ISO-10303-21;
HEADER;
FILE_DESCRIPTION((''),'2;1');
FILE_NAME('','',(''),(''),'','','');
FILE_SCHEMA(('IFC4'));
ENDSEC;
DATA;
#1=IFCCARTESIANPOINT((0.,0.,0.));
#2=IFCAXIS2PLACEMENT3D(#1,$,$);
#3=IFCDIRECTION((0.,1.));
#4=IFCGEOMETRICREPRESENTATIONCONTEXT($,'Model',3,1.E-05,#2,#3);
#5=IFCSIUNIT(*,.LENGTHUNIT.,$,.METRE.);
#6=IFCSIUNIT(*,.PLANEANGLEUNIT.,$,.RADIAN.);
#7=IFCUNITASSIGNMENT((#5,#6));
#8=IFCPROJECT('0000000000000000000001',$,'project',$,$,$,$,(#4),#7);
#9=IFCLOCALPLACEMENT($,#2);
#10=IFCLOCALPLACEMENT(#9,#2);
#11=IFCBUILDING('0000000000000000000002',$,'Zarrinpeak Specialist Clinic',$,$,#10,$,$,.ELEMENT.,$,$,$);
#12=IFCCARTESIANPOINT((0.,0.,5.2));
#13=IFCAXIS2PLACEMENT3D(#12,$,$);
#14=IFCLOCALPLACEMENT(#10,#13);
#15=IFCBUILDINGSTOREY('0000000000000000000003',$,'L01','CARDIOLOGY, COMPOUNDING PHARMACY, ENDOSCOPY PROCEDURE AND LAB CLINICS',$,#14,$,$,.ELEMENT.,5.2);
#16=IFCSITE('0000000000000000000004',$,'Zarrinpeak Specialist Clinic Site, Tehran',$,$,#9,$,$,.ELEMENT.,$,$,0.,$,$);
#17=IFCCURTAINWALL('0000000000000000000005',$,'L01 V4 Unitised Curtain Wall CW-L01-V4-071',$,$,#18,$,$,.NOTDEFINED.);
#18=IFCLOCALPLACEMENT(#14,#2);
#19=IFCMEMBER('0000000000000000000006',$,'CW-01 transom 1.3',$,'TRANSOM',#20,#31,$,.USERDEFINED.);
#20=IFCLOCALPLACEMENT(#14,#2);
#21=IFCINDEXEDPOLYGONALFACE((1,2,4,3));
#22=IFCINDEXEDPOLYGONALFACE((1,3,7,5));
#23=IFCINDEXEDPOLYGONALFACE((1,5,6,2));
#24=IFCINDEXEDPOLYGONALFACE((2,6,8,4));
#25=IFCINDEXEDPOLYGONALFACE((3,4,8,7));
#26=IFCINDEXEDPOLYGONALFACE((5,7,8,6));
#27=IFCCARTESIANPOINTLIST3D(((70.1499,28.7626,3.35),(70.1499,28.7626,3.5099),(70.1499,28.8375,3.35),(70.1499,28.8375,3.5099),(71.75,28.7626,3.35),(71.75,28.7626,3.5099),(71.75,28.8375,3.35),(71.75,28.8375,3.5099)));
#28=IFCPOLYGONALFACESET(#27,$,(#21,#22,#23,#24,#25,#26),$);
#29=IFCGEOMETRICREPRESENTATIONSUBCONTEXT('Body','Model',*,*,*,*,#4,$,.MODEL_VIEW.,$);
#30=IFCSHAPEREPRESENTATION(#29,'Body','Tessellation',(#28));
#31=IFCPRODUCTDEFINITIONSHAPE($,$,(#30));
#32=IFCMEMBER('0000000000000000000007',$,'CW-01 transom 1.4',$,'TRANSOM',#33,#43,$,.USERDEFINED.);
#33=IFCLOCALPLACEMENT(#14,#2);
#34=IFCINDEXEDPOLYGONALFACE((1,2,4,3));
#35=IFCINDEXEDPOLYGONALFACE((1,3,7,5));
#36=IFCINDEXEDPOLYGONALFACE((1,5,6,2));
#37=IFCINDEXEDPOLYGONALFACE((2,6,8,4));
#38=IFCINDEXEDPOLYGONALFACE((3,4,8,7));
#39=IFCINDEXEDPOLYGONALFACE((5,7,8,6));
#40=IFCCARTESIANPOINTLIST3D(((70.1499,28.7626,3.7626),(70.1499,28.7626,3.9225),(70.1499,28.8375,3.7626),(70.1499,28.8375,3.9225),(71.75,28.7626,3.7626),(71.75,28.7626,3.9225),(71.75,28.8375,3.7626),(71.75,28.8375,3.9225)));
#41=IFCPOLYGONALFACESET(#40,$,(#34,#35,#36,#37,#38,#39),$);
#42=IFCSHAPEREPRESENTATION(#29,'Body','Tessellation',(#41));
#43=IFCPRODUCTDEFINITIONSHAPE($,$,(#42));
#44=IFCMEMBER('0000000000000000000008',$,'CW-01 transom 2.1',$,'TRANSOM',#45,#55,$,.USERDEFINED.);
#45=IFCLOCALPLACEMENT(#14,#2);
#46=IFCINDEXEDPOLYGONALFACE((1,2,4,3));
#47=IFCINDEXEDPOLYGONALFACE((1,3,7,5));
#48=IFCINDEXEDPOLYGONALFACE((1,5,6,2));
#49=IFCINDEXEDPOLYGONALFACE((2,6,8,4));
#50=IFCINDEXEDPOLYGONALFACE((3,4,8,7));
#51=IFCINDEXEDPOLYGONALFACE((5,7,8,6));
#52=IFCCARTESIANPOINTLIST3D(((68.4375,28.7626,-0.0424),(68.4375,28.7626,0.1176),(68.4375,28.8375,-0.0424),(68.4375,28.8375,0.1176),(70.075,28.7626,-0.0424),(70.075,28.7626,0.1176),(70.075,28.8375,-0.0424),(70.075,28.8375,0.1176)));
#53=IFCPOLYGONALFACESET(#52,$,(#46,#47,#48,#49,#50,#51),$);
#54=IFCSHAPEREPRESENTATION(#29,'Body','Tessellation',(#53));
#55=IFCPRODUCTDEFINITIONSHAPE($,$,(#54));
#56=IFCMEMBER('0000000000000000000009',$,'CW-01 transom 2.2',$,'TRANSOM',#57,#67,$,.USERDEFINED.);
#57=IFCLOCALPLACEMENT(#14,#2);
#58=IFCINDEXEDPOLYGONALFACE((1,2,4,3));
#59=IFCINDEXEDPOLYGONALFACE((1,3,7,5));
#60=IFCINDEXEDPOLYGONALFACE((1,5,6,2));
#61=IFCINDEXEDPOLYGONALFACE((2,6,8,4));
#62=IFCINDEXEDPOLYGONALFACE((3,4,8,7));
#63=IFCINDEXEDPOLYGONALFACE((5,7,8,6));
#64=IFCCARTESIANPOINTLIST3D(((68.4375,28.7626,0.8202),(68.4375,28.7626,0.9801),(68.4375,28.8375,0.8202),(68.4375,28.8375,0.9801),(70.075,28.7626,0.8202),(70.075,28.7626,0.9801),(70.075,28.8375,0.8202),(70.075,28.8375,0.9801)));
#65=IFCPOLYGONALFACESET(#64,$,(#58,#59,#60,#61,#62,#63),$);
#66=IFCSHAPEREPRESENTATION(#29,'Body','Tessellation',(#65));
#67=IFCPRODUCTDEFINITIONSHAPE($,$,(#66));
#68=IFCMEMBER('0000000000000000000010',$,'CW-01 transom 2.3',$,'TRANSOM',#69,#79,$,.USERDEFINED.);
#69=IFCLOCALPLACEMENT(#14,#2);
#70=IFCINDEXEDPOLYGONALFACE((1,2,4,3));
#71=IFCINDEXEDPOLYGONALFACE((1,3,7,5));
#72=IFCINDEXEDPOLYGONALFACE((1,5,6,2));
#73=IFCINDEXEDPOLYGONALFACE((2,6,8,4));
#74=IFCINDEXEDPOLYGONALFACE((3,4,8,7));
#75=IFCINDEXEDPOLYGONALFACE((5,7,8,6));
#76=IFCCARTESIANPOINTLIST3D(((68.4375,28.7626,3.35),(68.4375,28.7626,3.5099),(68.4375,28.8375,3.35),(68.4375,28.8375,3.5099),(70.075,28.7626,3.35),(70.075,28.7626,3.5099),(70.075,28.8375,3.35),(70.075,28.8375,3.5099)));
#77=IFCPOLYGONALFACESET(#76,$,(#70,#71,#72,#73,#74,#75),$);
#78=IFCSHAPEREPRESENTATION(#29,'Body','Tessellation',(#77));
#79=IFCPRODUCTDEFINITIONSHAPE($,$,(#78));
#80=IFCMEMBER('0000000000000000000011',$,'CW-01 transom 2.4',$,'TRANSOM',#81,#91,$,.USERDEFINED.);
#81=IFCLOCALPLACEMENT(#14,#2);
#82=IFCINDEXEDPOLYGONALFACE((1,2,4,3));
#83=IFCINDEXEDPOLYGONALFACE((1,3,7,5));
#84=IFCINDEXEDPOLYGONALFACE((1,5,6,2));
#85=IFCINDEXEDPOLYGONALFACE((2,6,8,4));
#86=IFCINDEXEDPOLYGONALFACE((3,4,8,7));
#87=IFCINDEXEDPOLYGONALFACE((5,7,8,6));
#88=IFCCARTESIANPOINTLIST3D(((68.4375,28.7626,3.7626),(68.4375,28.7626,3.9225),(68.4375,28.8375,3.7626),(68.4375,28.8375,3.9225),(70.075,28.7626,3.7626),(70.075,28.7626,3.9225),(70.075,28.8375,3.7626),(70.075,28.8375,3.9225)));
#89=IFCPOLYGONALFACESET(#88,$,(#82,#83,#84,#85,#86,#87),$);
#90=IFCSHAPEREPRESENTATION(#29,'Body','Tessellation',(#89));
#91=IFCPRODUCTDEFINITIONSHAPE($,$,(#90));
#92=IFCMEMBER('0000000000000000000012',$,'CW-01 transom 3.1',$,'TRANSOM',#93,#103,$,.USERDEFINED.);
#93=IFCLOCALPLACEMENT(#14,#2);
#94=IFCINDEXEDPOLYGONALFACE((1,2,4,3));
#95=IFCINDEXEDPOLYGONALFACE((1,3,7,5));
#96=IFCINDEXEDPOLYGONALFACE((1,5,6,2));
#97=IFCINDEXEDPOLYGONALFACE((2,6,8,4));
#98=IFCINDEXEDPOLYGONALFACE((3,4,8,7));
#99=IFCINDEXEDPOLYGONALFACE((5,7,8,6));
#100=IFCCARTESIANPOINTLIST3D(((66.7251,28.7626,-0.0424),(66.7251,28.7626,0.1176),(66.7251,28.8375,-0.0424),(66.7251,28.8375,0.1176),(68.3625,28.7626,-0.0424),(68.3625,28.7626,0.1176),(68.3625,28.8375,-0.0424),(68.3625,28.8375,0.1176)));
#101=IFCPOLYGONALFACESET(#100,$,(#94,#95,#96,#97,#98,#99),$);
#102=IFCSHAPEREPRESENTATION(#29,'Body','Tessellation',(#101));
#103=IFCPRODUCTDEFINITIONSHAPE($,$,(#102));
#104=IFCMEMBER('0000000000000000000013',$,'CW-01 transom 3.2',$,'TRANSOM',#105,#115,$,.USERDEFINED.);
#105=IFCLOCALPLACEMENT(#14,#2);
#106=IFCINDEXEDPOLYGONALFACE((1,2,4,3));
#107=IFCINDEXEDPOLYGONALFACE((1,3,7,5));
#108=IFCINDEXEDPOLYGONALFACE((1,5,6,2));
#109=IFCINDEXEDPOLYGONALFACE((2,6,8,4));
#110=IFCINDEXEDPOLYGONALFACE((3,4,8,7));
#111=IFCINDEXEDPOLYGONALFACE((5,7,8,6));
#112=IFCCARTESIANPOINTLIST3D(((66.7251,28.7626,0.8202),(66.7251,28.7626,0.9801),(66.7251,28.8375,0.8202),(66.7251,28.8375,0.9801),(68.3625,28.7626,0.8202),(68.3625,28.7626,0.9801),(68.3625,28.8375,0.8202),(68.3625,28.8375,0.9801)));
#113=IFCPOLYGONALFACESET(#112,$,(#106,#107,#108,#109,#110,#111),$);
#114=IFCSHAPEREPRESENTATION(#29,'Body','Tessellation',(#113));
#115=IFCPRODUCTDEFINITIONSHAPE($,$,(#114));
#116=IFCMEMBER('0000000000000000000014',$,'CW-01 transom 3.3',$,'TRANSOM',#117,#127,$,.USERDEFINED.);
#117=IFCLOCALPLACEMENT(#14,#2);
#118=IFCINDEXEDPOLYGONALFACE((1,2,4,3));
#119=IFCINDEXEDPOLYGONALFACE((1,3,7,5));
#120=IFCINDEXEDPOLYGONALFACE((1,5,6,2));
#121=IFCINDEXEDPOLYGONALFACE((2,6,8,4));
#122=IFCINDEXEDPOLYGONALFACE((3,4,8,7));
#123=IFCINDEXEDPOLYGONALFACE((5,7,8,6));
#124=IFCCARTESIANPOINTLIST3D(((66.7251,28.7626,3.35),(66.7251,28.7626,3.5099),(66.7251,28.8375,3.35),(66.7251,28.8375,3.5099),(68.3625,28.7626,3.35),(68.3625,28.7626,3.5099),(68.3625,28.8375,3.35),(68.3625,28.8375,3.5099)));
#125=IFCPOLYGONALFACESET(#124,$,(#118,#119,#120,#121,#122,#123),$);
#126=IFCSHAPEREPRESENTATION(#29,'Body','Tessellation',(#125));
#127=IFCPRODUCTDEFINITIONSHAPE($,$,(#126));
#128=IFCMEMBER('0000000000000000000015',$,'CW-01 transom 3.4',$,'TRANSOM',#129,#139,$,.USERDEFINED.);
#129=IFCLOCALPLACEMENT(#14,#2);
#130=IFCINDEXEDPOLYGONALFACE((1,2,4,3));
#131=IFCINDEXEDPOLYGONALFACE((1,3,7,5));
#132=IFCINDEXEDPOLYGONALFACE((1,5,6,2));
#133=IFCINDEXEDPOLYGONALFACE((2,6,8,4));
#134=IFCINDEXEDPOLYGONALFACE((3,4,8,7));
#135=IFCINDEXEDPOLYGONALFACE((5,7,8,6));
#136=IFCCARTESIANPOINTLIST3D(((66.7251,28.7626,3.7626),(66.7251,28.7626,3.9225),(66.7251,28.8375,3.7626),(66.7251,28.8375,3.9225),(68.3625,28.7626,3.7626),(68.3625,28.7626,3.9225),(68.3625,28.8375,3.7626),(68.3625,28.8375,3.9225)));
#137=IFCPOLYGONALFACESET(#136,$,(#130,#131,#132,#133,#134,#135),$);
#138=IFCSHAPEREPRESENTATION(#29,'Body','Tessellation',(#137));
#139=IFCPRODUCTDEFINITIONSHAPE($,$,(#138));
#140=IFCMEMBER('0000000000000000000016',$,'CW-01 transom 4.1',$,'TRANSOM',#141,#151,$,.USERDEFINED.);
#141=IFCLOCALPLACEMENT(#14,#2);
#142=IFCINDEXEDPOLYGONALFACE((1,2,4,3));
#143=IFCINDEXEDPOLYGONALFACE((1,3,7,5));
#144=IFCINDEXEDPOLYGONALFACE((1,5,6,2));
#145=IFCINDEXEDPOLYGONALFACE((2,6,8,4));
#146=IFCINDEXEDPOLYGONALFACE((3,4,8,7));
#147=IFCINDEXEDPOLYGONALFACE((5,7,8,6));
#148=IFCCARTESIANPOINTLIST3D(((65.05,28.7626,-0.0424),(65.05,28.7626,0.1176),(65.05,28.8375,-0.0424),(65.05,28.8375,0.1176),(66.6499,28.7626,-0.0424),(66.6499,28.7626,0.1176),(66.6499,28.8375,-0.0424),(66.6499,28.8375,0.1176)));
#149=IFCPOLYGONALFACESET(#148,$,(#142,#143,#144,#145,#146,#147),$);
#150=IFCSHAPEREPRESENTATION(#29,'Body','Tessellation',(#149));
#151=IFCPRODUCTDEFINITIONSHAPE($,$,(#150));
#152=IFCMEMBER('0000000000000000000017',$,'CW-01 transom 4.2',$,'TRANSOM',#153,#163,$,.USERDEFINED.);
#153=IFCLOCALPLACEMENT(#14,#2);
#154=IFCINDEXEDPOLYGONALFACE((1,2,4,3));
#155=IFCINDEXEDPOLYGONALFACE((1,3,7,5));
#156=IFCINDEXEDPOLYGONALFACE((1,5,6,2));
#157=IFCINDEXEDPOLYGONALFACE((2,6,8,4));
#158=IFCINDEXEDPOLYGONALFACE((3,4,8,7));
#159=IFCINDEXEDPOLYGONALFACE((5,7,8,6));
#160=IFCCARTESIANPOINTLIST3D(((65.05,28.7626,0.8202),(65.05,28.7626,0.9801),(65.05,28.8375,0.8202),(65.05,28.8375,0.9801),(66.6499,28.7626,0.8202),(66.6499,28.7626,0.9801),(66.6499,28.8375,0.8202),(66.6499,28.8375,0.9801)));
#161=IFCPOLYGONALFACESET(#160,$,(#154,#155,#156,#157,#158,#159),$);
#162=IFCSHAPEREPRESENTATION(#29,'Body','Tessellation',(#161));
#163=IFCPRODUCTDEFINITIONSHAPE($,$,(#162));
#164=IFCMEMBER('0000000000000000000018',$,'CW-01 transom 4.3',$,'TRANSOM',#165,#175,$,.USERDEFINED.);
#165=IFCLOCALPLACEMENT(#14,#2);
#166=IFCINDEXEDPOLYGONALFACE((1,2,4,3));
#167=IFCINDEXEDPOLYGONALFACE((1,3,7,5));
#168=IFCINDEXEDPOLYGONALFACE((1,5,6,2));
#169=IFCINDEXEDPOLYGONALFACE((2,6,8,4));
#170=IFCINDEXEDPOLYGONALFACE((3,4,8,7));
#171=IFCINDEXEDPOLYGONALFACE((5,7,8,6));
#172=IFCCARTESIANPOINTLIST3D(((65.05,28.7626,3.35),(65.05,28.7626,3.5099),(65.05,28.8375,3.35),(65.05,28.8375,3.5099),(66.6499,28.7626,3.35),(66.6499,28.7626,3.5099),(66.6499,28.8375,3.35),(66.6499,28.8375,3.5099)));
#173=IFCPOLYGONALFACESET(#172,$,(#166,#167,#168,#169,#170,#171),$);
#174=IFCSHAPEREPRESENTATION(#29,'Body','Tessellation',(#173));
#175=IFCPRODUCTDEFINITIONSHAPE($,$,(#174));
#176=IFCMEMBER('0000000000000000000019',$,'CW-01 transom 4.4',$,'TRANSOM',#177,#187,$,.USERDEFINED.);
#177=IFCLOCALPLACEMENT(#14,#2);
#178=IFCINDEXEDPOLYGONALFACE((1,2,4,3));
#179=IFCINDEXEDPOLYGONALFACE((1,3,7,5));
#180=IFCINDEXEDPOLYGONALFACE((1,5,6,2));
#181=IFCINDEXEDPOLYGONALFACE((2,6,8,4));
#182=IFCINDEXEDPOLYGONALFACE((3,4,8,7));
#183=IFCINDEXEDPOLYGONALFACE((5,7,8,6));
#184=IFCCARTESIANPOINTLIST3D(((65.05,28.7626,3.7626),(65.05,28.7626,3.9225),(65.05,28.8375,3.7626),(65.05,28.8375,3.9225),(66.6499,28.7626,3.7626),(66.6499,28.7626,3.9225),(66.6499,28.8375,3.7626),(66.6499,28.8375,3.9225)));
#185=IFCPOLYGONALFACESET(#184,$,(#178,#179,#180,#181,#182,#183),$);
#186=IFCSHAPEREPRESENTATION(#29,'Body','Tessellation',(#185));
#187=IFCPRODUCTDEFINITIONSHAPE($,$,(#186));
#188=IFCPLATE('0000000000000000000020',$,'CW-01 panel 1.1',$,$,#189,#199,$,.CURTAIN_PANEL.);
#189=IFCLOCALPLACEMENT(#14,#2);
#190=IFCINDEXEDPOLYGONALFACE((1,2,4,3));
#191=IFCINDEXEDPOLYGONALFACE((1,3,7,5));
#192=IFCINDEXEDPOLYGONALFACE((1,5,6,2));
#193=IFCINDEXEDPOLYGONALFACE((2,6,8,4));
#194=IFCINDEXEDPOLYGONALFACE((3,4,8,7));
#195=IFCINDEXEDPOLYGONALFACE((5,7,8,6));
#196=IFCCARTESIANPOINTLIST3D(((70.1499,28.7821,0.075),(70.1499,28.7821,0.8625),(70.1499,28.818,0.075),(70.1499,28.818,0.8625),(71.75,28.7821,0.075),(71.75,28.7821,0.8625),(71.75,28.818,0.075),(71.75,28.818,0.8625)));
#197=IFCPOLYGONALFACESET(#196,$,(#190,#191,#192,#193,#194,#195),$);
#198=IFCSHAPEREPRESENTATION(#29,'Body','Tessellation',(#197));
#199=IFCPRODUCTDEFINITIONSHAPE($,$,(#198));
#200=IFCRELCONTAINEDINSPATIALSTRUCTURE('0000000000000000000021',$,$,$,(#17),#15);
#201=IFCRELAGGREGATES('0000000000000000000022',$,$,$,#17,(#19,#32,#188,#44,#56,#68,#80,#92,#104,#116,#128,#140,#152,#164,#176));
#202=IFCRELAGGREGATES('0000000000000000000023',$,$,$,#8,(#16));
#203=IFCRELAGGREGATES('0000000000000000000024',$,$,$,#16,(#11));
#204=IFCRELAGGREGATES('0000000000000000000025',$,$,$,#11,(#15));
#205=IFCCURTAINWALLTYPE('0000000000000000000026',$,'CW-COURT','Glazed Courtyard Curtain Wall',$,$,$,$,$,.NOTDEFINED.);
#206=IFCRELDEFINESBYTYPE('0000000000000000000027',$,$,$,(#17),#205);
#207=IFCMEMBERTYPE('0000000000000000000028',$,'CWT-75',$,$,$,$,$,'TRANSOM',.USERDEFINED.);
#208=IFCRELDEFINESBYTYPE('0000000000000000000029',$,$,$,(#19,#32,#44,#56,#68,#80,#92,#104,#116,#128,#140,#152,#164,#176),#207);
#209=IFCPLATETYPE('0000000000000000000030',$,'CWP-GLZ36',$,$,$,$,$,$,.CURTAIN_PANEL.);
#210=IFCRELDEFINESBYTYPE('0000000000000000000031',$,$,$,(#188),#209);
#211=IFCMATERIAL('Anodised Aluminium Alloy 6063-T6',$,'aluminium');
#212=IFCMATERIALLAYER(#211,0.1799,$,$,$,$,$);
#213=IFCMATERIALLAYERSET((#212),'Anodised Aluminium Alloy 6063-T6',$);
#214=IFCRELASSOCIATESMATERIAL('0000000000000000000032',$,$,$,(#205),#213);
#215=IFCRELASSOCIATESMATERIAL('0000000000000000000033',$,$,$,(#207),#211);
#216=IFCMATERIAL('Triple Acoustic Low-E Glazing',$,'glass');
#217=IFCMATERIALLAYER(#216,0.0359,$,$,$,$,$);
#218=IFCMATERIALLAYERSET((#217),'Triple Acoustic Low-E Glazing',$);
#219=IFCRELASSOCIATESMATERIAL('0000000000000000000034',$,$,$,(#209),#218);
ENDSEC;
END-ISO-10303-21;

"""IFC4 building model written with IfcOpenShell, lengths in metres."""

from ifc_helpers import new_model, si_unit, direction, frame, origin, origin_2d, place, context, subcontext, project, spatial, rectangle, extrude, material, layer, layer_set, material_profile, profile_set, type_object, element, aggregate, save


model = new_model("IFC4")

# Units and contexts
model_context = context("Model", 3, precision=1e-05, world=origin(), true_north=direction((0.0, 1.0)))
body_context = subcontext(model_context, "Body", "Model", "MODEL_VIEW")
ifc_project = project(units=[si_unit("LENGTHUNIT", "METRE"), si_unit("PLANEANGLEUNIT", "RADIAN")], contexts=[model_context])

# Site, building, storey
site_placement = place(None, origin())
site = spatial("IfcSite", under=ifc_project, at=site_placement, Name="Zarrinpeak Specialist Clinic Site, Tehran", CompositionType="ELEMENT", RefElevation=0.0)
building_placement = place(site_placement, origin())
building = spatial("IfcBuilding", under=site, at=building_placement, Name="Zarrinpeak Specialist Clinic", CompositionType="ELEMENT")
storey_placement = place(building_placement, frame((0.0, 0.0, 5.2)))
storey = spatial("IfcBuildingStorey", under=building, at=storey_placement, Name="L01", Description="CARDIOLOGY, COMPOUNDING PHARMACY, ENDOSCOPY PROCEDURE AND LAB CLINICS", CompositionType="ELEMENT", Elevation=5.2)

# Curtain wall, members, plate
ifc_material_1 = material(Name="Anodised Aluminium Alloy 6063-T6", Category="aluminium")
ifc_layer_1 = layer(ifc_material_1, 0.1799)
ifc_layer_set_1 = layer_set([ifc_layer_1], Name="Anodised Aluminium Alloy 6063-T6")
curtain_wall_type = type_object("IfcCurtainWallType", Name="CW-COURT", Description="Glazed Courtyard Curtain Wall", PredefinedType="NOTDEFINED", material=ifc_layer_set_1)
curtain_wall_placement = place(storey_placement, origin())
curtain_wall = element("IfcCurtainWall", 1, at=curtain_wall_placement, inside=storey, type_object=curtain_wall_type, Name="L01 V4 Unitised Curtain Wall CW-L01-V4-071", PredefinedType="NOTDEFINED")
ifc_material_profile_1 = material_profile(ifc_material_1, rectangle(XDim=0.075, YDim=0.1599, at=origin_2d()), Name="ALU 75x160")
ifc_profile_set_1 = profile_set([ifc_material_profile_1], Name="Anodised Aluminium Alloy 6063-T6")
member_type_1 = type_object("IfcMemberType", Name="CWT-75", ElementType="TRANSOM", PredefinedType="USERDEFINED", material=ifc_profile_set_1)
member_1_placement = place(storey_placement, frame((71.75, 28.8, 3.4299), z_axis=(-1.0, 0.0, 0.0), x_axis=(0.0, -1.0, 0.0)))
member_1 = element("IfcMember", 2, at=member_1_placement, type_object=member_type_1, Name="CW-01 transom 1.3", ObjectType="TRANSOM", PredefinedType="USERDEFINED", context=body_context, shape_type="SweptSolid", body=[
    extrude(rectangle(XDim=0.075, YDim=0.1599, at=origin_2d()), origin(), (0.0, 0.0, 1.0), 1.6001),
])
member_2_placement = place(storey_placement, frame((71.75, 28.8, 3.8425), z_axis=(-1.0, 0.0, 0.0), x_axis=(0.0, -1.0, 0.0)))
member_2 = element("IfcMember", 3, at=member_2_placement, type_object=member_type_1, Name="CW-01 transom 1.4", ObjectType="TRANSOM", PredefinedType="USERDEFINED", context=body_context, shape_type="SweptSolid", body=[
    extrude(rectangle(XDim=0.075, YDim=0.1599, at=origin_2d()), origin(), (0.0, 0.0, 1.0), 1.6001),
])
member_3_placement = place(storey_placement, frame((70.075, 28.8, 0.0376), z_axis=(-1.0, 0.0, 0.0), x_axis=(0.0, -1.0, 0.0)))
member_3 = element("IfcMember", 4, at=member_3_placement, type_object=member_type_1, Name="CW-01 transom 2.1", ObjectType="TRANSOM", PredefinedType="USERDEFINED", context=body_context, shape_type="SweptSolid", body=[
    extrude(rectangle(XDim=0.075, YDim=0.1599, at=origin_2d()), origin(), (0.0, 0.0, 1.0), 1.6375),
])
member_4_placement = place(storey_placement, frame((70.075, 28.8, 0.9001), z_axis=(-1.0, 0.0, 0.0), x_axis=(0.0, -1.0, 0.0)))
member_4 = element("IfcMember", 5, at=member_4_placement, type_object=member_type_1, Name="CW-01 transom 2.2", ObjectType="TRANSOM", PredefinedType="USERDEFINED", context=body_context, shape_type="SweptSolid", body=[
    extrude(rectangle(XDim=0.075, YDim=0.1599, at=origin_2d()), origin(), (0.0, 0.0, 1.0), 1.6375),
])
member_5_placement = place(storey_placement, frame((70.075, 28.8, 3.4299), z_axis=(-1.0, 0.0, 0.0), x_axis=(0.0, -1.0, 0.0)))
member_5 = element("IfcMember", 6, at=member_5_placement, type_object=member_type_1, Name="CW-01 transom 2.3", ObjectType="TRANSOM", PredefinedType="USERDEFINED", context=body_context, shape_type="SweptSolid", body=[
    extrude(rectangle(XDim=0.075, YDim=0.1599, at=origin_2d()), origin(), (0.0, 0.0, 1.0), 1.6375),
])
member_6_placement = place(storey_placement, frame((70.075, 28.8, 3.8425), z_axis=(-1.0, 0.0, 0.0), x_axis=(0.0, -1.0, 0.0)))
member_6 = element("IfcMember", 7, at=member_6_placement, type_object=member_type_1, Name="CW-01 transom 2.4", ObjectType="TRANSOM", PredefinedType="USERDEFINED", context=body_context, shape_type="SweptSolid", body=[
    extrude(rectangle(XDim=0.075, YDim=0.1599, at=origin_2d()), origin(), (0.0, 0.0, 1.0), 1.6375),
])
member_7_placement = place(storey_placement, frame((68.3625, 28.8, 0.0376), z_axis=(-1.0, 0.0, 0.0), x_axis=(0.0, -1.0, 0.0)))
member_7 = element("IfcMember", 8, at=member_7_placement, type_object=member_type_1, Name="CW-01 transom 3.1", ObjectType="TRANSOM", PredefinedType="USERDEFINED", context=body_context, shape_type="SweptSolid", body=[
    extrude(rectangle(XDim=0.075, YDim=0.1599, at=origin_2d()), origin(), (0.0, 0.0, 1.0), 1.6375),
])
member_8_placement = place(storey_placement, frame((68.3625, 28.8, 0.9001), z_axis=(-1.0, 0.0, 0.0), x_axis=(0.0, -1.0, 0.0)))
member_8 = element("IfcMember", 9, at=member_8_placement, type_object=member_type_1, Name="CW-01 transom 3.2", ObjectType="TRANSOM", PredefinedType="USERDEFINED", context=body_context, shape_type="SweptSolid", body=[
    extrude(rectangle(XDim=0.075, YDim=0.1599, at=origin_2d()), origin(), (0.0, 0.0, 1.0), 1.6375),
])
member_9_placement = place(storey_placement, frame((68.3625, 28.8, 3.4299), z_axis=(-1.0, 0.0, 0.0), x_axis=(0.0, -1.0, 0.0)))
member_9 = element("IfcMember", 10, at=member_9_placement, type_object=member_type_1, Name="CW-01 transom 3.3", ObjectType="TRANSOM", PredefinedType="USERDEFINED", context=body_context, shape_type="SweptSolid", body=[
    extrude(rectangle(XDim=0.075, YDim=0.1599, at=origin_2d()), origin(), (0.0, 0.0, 1.0), 1.6375),
])
member_10_placement = place(storey_placement, frame((68.3625, 28.8, 3.8425), z_axis=(-1.0, 0.0, 0.0), x_axis=(0.0, -1.0, 0.0)))
member_10 = element("IfcMember", 11, at=member_10_placement, type_object=member_type_1, Name="CW-01 transom 3.4", ObjectType="TRANSOM", PredefinedType="USERDEFINED", context=body_context, shape_type="SweptSolid", body=[
    extrude(rectangle(XDim=0.075, YDim=0.1599, at=origin_2d()), origin(), (0.0, 0.0, 1.0), 1.6375),
])
member_11_placement = place(storey_placement, frame((66.6499, 28.8, 0.0376), z_axis=(-1.0, 0.0, 0.0), x_axis=(0.0, -1.0, 0.0)))
member_11 = element("IfcMember", 12, at=member_11_placement, type_object=member_type_1, Name="CW-01 transom 4.1", ObjectType="TRANSOM", PredefinedType="USERDEFINED", context=body_context, shape_type="SweptSolid", body=[
    extrude(rectangle(XDim=0.075, YDim=0.1599, at=origin_2d()), origin(), (0.0, 0.0, 1.0), 1.5999),
])
member_12_placement = place(storey_placement, frame((66.6499, 28.8, 0.9001), z_axis=(-1.0, 0.0, 0.0), x_axis=(0.0, -1.0, 0.0)))
member_12 = element("IfcMember", 13, at=member_12_placement, type_object=member_type_1, Name="CW-01 transom 4.2", ObjectType="TRANSOM", PredefinedType="USERDEFINED", context=body_context, shape_type="SweptSolid", body=[
    extrude(rectangle(XDim=0.075, YDim=0.1599, at=origin_2d()), origin(), (0.0, 0.0, 1.0), 1.5999),
])
member_13_placement = place(storey_placement, frame((66.6499, 28.8, 3.4299), z_axis=(-1.0, 0.0, 0.0), x_axis=(0.0, -1.0, 0.0)))
member_13 = element("IfcMember", 14, at=member_13_placement, type_object=member_type_1, Name="CW-01 transom 4.3", ObjectType="TRANSOM", PredefinedType="USERDEFINED", context=body_context, shape_type="SweptSolid", body=[
    extrude(rectangle(XDim=0.075, YDim=0.1599, at=origin_2d()), origin(), (0.0, 0.0, 1.0), 1.5999),
])
member_14_placement = place(storey_placement, frame((66.6499, 28.8, 3.8425), z_axis=(-1.0, 0.0, 0.0), x_axis=(0.0, -1.0, 0.0)))
member_14 = element("IfcMember", 15, at=member_14_placement, type_object=member_type_1, Name="CW-01 transom 4.4", ObjectType="TRANSOM", PredefinedType="USERDEFINED", context=body_context, shape_type="SweptSolid", body=[
    extrude(rectangle(XDim=0.075, YDim=0.1599, at=origin_2d()), origin(), (0.0, 0.0, 1.0), 1.5999),
])
ifc_material_2 = material(Name="Triple Acoustic Low-E Glazing", Category="glass")
ifc_layer_2 = layer(ifc_material_2, 0.0359)
ifc_layer_set_2 = layer_set([ifc_layer_2], Name="Triple Acoustic Low-E Glazing")
plate_type = type_object("IfcPlateType", Name="CWP-GLZ36", PredefinedType="CURTAIN_PANEL", material=ifc_layer_set_2)
plate_1_placement = place(storey_placement, frame((70.95, 28.8, 0.075), z_axis=(0.0, 0.0, 1.0), x_axis=(-1.0, 0.0, 0.0)))
plate_1 = element("IfcPlate", 16, at=plate_1_placement, type_object=plate_type, Name="CW-01 panel 1.1", PredefinedType="CURTAIN_PANEL", context=body_context, shape_type="SweptSolid", body=[
    extrude(rectangle(XDim=1.6001, YDim=0.0359, at=origin_2d()), origin(), (0.0, 0.0, 1.0), 0.7876),
])
aggregate(curtain_wall, [member_1, member_2, plate_1, member_3, member_4, member_5, member_6, member_7, member_8, member_9, member_10, member_11, member_12, member_13, member_14])

save(model, "model.ifc")
